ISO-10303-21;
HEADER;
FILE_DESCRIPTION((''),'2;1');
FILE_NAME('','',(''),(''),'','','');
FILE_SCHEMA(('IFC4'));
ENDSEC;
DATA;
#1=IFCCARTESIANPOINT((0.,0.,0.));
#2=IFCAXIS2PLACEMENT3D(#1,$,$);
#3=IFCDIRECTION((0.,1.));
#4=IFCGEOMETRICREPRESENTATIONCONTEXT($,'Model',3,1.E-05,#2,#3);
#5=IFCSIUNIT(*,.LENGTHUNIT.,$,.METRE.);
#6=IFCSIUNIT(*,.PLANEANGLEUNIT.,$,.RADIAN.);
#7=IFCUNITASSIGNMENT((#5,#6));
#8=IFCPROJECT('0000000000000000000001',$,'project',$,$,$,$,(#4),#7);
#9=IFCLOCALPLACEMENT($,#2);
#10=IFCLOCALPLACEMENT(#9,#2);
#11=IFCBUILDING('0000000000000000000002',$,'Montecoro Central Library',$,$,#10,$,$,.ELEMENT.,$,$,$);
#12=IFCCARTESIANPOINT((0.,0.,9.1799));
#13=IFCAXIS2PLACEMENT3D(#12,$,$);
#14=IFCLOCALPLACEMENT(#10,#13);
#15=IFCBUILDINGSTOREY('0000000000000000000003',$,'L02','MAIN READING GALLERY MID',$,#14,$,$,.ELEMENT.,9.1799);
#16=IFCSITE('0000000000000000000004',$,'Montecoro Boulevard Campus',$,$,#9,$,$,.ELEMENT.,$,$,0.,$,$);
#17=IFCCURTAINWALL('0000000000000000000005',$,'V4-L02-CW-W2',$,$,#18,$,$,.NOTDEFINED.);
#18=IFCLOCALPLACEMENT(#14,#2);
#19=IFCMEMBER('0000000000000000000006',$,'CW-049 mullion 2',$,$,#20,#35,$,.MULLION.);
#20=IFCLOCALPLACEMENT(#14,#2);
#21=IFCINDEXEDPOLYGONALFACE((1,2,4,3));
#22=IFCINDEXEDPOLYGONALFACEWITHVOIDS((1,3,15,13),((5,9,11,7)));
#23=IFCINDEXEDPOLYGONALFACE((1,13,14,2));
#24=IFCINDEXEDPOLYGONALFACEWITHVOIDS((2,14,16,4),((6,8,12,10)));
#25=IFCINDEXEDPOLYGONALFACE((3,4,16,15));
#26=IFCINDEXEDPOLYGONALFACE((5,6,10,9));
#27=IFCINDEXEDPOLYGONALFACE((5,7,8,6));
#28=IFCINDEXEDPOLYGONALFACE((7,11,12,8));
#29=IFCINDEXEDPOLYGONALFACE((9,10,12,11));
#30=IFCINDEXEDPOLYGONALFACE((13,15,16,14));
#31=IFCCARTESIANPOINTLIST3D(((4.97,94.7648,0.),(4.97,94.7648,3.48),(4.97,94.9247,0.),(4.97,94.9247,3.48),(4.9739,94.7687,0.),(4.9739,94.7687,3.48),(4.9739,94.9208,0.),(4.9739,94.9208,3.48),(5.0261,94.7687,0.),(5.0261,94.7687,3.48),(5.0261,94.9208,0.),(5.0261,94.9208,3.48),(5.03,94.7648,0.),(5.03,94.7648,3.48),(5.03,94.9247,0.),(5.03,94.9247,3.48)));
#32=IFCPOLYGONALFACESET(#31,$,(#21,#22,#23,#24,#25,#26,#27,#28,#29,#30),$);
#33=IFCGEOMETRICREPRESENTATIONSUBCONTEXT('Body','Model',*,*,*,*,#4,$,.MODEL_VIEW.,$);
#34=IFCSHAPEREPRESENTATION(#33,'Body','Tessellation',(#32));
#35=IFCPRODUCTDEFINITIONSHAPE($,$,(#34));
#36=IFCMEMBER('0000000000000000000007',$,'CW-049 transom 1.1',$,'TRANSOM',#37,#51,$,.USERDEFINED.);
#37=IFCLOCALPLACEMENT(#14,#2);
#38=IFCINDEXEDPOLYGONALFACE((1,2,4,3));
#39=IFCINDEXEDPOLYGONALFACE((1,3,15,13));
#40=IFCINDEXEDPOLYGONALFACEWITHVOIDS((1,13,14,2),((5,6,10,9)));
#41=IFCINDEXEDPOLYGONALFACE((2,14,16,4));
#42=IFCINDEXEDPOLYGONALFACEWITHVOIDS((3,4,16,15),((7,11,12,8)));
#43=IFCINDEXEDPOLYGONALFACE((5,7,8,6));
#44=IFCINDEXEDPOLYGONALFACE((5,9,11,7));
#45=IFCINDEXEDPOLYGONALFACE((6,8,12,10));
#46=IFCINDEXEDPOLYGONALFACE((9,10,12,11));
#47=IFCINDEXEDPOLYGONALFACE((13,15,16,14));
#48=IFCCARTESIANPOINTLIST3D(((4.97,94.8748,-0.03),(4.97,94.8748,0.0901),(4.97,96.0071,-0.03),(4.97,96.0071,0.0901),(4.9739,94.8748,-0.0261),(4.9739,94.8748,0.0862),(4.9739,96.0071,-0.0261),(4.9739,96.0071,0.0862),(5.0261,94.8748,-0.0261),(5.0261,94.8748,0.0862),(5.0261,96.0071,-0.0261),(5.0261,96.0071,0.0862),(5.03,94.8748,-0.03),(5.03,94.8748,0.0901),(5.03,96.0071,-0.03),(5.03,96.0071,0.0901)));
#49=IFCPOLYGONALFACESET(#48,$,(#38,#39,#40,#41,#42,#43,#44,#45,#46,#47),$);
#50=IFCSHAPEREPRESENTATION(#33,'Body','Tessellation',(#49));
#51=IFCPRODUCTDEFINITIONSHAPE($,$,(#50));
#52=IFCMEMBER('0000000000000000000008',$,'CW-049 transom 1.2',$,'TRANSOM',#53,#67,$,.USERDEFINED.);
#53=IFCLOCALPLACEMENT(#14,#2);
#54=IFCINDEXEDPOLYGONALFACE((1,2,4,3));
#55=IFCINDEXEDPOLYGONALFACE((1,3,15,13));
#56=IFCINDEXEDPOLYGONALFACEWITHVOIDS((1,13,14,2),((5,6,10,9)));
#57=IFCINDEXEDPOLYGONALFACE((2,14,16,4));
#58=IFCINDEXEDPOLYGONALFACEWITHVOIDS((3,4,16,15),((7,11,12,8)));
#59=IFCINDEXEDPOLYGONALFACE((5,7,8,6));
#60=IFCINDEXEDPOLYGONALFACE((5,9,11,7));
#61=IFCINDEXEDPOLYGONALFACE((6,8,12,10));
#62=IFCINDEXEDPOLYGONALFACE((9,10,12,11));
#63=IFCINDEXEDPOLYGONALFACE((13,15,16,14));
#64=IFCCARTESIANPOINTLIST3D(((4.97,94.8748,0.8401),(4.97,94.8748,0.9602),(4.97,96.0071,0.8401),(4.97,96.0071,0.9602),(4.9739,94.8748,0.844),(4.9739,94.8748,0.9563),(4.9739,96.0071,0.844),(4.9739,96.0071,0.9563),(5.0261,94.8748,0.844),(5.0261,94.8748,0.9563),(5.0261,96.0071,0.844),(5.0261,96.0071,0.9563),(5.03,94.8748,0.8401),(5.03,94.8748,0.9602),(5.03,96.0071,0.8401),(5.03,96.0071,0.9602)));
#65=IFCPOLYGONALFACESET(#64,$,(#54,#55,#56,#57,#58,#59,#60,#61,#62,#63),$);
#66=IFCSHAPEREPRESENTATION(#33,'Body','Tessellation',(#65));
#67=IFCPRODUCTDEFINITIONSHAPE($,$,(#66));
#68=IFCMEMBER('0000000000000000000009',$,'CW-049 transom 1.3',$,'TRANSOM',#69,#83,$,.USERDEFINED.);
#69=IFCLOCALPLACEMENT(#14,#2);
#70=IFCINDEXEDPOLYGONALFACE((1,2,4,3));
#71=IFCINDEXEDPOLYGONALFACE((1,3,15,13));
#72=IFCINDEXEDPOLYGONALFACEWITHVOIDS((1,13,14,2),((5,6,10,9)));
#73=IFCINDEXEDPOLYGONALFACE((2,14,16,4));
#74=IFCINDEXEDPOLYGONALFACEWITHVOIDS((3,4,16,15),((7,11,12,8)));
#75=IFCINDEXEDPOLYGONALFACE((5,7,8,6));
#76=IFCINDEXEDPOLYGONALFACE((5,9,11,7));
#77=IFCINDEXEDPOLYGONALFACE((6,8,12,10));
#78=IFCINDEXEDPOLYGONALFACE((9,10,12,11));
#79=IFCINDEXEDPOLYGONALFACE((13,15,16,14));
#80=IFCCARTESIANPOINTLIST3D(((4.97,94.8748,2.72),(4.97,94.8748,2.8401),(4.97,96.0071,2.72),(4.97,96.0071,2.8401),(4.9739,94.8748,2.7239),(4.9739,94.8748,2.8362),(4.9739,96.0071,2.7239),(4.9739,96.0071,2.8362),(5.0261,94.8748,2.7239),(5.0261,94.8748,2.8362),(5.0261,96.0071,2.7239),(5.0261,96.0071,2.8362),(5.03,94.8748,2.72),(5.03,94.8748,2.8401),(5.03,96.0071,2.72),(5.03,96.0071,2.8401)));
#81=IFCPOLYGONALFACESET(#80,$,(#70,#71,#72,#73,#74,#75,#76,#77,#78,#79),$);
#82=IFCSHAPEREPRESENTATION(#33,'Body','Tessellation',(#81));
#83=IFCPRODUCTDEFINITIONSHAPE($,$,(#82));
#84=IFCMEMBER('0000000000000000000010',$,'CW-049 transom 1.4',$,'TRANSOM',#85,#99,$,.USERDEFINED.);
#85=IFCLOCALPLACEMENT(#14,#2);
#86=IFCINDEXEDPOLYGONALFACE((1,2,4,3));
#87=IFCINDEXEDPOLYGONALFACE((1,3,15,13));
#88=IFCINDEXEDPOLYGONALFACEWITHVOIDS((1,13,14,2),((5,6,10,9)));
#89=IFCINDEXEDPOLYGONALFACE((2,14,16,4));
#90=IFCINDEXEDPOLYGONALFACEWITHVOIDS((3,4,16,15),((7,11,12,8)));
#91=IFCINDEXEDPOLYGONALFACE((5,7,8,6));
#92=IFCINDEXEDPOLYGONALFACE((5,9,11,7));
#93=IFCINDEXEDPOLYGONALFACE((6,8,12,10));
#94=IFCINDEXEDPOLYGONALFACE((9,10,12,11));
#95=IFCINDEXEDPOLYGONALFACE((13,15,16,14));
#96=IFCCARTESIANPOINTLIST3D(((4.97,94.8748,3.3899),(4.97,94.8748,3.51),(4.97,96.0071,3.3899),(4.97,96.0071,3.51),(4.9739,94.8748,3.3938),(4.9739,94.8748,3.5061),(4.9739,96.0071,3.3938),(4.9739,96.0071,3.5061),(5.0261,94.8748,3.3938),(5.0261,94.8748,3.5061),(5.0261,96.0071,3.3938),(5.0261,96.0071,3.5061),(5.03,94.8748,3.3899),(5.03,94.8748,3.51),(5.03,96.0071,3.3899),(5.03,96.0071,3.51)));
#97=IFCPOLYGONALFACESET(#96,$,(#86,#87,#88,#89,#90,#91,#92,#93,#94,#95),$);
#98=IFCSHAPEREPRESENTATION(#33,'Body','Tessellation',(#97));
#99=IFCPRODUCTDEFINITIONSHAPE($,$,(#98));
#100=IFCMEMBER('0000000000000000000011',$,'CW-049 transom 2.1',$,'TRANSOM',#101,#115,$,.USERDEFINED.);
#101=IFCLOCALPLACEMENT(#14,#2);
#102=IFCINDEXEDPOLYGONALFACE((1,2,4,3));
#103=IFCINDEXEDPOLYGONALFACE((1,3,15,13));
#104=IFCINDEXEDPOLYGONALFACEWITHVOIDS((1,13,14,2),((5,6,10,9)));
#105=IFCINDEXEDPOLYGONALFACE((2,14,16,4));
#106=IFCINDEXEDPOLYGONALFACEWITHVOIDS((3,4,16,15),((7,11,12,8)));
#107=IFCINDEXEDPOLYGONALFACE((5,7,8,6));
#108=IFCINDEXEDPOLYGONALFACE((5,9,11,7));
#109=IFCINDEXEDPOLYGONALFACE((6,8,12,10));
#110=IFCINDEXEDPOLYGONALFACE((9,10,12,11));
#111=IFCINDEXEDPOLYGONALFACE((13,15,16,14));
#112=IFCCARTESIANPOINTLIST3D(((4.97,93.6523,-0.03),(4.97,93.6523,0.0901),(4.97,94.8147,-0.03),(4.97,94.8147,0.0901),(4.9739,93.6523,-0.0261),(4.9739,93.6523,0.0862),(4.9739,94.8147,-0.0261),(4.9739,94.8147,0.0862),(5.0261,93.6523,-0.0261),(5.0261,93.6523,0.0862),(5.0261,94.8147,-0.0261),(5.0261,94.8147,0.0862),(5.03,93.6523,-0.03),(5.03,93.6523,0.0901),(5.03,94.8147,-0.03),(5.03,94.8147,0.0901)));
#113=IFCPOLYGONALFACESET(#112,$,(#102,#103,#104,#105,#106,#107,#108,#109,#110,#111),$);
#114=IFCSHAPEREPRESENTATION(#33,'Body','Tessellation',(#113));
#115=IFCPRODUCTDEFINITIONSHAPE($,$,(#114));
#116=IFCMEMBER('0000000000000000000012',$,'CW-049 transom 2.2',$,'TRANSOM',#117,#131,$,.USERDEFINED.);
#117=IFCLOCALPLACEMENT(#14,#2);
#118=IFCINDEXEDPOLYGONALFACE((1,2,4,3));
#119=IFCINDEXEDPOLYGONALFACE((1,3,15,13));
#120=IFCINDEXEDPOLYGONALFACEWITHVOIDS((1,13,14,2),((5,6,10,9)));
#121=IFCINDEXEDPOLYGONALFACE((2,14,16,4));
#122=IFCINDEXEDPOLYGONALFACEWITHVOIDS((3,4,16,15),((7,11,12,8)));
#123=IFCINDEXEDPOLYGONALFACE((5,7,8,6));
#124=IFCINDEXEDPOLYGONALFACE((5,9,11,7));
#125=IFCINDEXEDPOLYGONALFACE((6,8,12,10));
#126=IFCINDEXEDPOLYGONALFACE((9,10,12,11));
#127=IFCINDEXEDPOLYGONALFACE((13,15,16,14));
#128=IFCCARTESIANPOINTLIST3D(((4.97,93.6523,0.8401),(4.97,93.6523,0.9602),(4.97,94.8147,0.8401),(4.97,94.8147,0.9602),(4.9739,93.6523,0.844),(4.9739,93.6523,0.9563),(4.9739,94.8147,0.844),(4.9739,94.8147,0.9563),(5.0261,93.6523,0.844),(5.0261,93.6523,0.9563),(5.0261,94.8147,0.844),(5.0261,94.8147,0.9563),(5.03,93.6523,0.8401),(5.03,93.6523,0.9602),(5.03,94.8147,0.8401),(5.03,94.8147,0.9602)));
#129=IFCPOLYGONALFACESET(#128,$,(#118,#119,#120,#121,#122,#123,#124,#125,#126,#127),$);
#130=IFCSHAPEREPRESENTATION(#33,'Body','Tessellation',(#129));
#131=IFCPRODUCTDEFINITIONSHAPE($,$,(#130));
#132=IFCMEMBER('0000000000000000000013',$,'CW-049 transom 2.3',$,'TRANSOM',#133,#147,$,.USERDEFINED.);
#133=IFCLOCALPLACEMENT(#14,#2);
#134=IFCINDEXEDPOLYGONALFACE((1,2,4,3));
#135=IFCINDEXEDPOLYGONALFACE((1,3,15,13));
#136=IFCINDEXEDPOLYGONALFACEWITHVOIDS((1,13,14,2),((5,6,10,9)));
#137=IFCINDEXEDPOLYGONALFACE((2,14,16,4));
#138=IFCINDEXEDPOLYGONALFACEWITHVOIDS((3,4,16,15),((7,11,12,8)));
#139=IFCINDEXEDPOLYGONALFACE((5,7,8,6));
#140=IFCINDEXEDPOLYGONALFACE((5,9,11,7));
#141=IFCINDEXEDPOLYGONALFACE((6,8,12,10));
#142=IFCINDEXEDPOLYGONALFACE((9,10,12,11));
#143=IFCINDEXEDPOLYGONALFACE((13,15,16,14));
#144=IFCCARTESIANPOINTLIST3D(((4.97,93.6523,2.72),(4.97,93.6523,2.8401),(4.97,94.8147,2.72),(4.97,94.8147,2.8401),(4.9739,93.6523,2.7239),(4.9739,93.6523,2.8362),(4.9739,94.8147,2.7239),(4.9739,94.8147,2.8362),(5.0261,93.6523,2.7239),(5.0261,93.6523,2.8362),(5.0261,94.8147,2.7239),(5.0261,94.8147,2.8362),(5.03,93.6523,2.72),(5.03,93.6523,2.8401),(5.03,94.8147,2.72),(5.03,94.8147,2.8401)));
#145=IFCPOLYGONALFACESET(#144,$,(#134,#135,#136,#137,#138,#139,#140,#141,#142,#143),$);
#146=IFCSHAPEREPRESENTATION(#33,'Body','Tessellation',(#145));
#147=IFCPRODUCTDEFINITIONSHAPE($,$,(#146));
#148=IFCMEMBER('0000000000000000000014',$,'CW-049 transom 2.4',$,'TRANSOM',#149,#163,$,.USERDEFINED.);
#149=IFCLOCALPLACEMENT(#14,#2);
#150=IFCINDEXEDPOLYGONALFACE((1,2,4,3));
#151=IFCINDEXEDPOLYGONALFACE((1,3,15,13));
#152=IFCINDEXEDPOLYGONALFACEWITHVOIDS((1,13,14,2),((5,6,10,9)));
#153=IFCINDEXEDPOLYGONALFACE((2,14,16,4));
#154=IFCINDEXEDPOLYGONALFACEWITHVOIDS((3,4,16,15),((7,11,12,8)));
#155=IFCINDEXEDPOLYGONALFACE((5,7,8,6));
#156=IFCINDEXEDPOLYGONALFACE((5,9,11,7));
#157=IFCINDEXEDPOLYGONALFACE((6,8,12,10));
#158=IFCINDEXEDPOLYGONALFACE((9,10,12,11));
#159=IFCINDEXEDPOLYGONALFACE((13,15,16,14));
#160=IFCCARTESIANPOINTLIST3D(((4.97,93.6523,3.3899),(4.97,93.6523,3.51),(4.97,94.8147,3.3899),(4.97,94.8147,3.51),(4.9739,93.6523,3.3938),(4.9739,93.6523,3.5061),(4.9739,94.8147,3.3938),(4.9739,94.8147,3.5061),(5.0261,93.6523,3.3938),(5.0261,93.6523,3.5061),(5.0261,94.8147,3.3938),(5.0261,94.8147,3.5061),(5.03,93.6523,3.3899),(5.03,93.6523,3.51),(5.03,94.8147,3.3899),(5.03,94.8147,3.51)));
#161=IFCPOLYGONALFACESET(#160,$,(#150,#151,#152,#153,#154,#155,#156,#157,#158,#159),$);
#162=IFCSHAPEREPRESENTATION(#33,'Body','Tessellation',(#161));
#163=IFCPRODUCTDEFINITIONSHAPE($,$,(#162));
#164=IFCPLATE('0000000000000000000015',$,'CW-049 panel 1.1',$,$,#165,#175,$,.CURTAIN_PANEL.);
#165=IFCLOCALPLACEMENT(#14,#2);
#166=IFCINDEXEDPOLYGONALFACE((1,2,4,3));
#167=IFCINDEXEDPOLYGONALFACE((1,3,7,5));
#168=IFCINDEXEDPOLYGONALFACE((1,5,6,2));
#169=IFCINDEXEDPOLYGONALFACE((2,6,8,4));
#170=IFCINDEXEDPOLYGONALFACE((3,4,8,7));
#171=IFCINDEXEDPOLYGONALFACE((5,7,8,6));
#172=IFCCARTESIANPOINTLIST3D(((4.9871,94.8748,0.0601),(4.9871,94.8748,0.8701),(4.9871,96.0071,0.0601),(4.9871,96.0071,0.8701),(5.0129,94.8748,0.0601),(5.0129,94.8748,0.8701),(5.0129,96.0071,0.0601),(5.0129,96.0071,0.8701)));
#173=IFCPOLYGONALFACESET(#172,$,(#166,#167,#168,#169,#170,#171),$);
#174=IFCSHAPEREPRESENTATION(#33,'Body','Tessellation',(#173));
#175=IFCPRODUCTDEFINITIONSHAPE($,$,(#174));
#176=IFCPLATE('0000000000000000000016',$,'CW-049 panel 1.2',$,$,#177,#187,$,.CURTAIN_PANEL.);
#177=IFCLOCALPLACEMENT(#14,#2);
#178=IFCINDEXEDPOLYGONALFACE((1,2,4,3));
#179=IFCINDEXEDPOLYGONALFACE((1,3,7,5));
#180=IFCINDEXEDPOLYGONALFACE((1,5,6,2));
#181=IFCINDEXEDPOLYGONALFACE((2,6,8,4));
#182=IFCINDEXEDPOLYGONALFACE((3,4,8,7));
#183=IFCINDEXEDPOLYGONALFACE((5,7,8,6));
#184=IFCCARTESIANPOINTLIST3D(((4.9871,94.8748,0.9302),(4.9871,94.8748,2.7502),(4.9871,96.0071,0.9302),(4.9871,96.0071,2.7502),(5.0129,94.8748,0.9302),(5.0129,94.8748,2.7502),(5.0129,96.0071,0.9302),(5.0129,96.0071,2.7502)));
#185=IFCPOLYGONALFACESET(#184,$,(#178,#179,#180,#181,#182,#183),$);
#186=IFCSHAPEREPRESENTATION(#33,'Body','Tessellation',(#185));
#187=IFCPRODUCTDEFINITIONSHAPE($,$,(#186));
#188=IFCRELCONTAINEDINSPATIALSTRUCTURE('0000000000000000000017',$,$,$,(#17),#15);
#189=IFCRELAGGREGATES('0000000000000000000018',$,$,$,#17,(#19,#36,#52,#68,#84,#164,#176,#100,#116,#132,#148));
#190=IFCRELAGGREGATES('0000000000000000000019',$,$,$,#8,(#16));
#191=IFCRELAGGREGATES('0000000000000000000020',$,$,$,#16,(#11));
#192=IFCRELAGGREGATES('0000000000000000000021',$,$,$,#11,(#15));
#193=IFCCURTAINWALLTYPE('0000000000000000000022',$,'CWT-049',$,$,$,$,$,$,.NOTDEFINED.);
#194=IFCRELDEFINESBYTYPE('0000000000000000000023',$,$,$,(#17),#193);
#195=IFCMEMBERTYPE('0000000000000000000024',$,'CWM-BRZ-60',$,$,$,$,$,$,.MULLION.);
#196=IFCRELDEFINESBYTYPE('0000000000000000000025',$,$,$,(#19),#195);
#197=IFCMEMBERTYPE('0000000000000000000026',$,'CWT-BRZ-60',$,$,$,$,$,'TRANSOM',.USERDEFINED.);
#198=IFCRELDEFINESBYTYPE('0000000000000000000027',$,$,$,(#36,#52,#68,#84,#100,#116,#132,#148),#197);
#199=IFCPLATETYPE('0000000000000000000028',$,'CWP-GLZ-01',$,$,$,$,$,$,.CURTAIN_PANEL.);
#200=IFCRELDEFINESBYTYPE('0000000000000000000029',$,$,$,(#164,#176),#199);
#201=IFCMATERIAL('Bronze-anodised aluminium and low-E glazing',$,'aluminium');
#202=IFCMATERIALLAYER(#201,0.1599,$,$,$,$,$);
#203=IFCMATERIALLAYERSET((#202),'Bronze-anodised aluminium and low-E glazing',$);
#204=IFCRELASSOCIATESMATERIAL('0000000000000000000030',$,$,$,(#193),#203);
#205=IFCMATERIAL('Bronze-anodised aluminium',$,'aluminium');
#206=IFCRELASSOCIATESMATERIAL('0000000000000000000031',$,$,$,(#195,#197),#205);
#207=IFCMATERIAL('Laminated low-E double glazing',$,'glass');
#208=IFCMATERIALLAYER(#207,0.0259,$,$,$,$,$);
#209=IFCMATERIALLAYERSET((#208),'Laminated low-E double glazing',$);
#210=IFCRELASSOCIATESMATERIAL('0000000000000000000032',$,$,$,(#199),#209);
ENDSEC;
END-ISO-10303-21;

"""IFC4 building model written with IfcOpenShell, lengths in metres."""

from ifc_helpers import new_model, si_unit, direction, frame, origin, origin_2d, place, context, subcontext, project, spatial, rectangle, hollow_rectangle, extrude, material, layer, layer_set, material_profile, profile_set, type_object, element, aggregate, save


model = new_model("IFC4")

# Units and contexts
model_context = context("Model", 3, precision=1e-05, world=origin(), true_north=direction((0.0, 1.0)))
body_context = subcontext(model_context, "Body", "Model", "MODEL_VIEW")
ifc_project = project(units=[si_unit("LENGTHUNIT", "METRE"), si_unit("PLANEANGLEUNIT", "RADIAN")], contexts=[model_context])

# Site, building, storey
site_placement = place(None, origin())
site = spatial("IfcSite", under=ifc_project, at=site_placement, Name="Montecoro Boulevard Campus", CompositionType="ELEMENT", RefElevation=0.0)
building_placement = place(site_placement, origin())
building = spatial("IfcBuilding", under=site, at=building_placement, Name="Montecoro Central Library", CompositionType="ELEMENT")
storey_placement = place(building_placement, frame((0.0, 0.0, 9.1799)))
storey = spatial("IfcBuildingStorey", under=building, at=storey_placement, Name="L02", Description="MAIN READING GALLERY MID", CompositionType="ELEMENT", Elevation=9.1799)

# Curtain wall, members, plates
ifc_material_1 = material(Name="Bronze-anodised aluminium and low-E glazing", Category="aluminium")
ifc_layer_1 = layer(ifc_material_1, 0.1599)
ifc_layer_set_1 = layer_set([ifc_layer_1], Name="Bronze-anodised aluminium and low-E glazing")
curtain_wall_type = type_object("IfcCurtainWallType", Name="CWT-049", PredefinedType="NOTDEFINED", material=ifc_layer_set_1)
curtain_wall_placement = place(storey_placement, origin())
curtain_wall = element("IfcCurtainWall", 1, at=curtain_wall_placement, inside=storey, type_object=curtain_wall_type, Name="V4-L02-CW-W2", PredefinedType="NOTDEFINED")
ifc_material_2 = material(Name="Bronze-anodised aluminium", Category="aluminium")
ifc_material_profile_1 = material_profile(ifc_material_2, hollow_rectangle(XDim=0.0601, YDim=0.1599, WallThickness=0.0039, at=origin_2d()), Name="CWM 160x60x4.0")
ifc_profile_set_1 = profile_set([ifc_material_profile_1], Name="Bronze-anodised aluminium")
member_type_1 = type_object("IfcMemberType", Name="CWM-BRZ-60", PredefinedType="MULLION", material=ifc_profile_set_1)
member_1_placement = place(storey_placement, frame((5.0, 94.8447, 0.0), z_axis=(0.0, 0.0, 1.0), x_axis=(1.0, 0.0, 0.0)))
member_1 = element("IfcMember", 2, at=member_1_placement, type_object=member_type_1, Name="CW-049 mullion 2", PredefinedType="MULLION", context=body_context, shape_type="SweptSolid", body=[
    extrude(hollow_rectangle(XDim=0.0601, YDim=0.1599, WallThickness=0.0039, at=origin_2d()), origin(), (0.0, 0.0, 1.0), 3.48),
])
ifc_material_profile_2 = material_profile(ifc_material_2, hollow_rectangle(XDim=0.0601, YDim=0.1201, WallThickness=0.0039, at=origin_2d()), Name="CWT 120x60x4.0")
ifc_profile_set_2 = profile_set([ifc_material_profile_2], Name="Bronze-anodised aluminium")
member_type_2 = type_object("IfcMemberType", Name="CWT-BRZ-60", ElementType="TRANSOM", PredefinedType="USERDEFINED", material=ifc_profile_set_2)
member_2_placement = place(storey_placement, frame((5.0, 96.0071, 0.03), z_axis=(0.0, -1.0, 0.0), x_axis=(1.0, 0.0, 0.0)))
member_2 = element("IfcMember", 3, at=member_2_placement, type_object=member_type_2, Name="CW-049 transom 1.1", ObjectType="TRANSOM", PredefinedType="USERDEFINED", context=body_context, shape_type="SweptSolid", body=[
    extrude(hollow_rectangle(XDim=0.0601, YDim=0.1201, WallThickness=0.0039, at=origin_2d()), origin(), (0.0, 0.0, 1.0), 1.1323),
])
member_3_placement = place(storey_placement, frame((5.0, 96.0071, 0.9001), z_axis=(0.0, -1.0, 0.0), x_axis=(1.0, 0.0, 0.0)))
member_3 = element("IfcMember", 4, at=member_3_placement, type_object=member_type_2, Name="CW-049 transom 1.2", ObjectType="TRANSOM", PredefinedType="USERDEFINED", context=body_context, shape_type="SweptSolid", body=[
    extrude(hollow_rectangle(XDim=0.0601, YDim=0.1201, WallThickness=0.0039, at=origin_2d()), origin(), (0.0, 0.0, 1.0), 1.1323),
])
member_4_placement = place(storey_placement, frame((5.0, 96.0071, 2.78), z_axis=(0.0, -1.0, 0.0), x_axis=(1.0, 0.0, 0.0)))
member_4 = element("IfcMember", 5, at=member_4_placement, type_object=member_type_2, Name="CW-049 transom 1.3", ObjectType="TRANSOM", PredefinedType="USERDEFINED", context=body_context, shape_type="SweptSolid", body=[
    extrude(hollow_rectangle(XDim=0.0601, YDim=0.1201, WallThickness=0.0039, at=origin_2d()), origin(), (0.0, 0.0, 1.0), 1.1323),
])
member_5_placement = place(storey_placement, frame((5.0, 96.0071, 3.45), z_axis=(0.0, -1.0, 0.0), x_axis=(1.0, 0.0, 0.0)))
member_5 = element("IfcMember", 6, at=member_5_placement, type_object=member_type_2, Name="CW-049 transom 1.4", ObjectType="TRANSOM", PredefinedType="USERDEFINED", context=body_context, shape_type="SweptSolid", body=[
    extrude(hollow_rectangle(XDim=0.0601, YDim=0.1201, WallThickness=0.0039, at=origin_2d()), origin(), (0.0, 0.0, 1.0), 1.1323),
])
member_6_placement = place(storey_placement, frame((5.0, 94.8147, 0.03), z_axis=(0.0, -1.0, 0.0), x_axis=(1.0, 0.0, 0.0)))
member_6 = element("IfcMember", 7, at=member_6_placement, type_object=member_type_2, Name="CW-049 transom 2.1", ObjectType="TRANSOM", PredefinedType="USERDEFINED", context=body_context, shape_type="SweptSolid", body=[
    extrude(hollow_rectangle(XDim=0.0601, YDim=0.1201, WallThickness=0.0039, at=origin_2d()), origin(), (0.0, 0.0, 1.0), 1.1624),
])
member_7_placement = place(storey_placement, frame((5.0, 94.8147, 0.9001), z_axis=(0.0, -1.0, 0.0), x_axis=(1.0, 0.0, 0.0)))
member_7 = element("IfcMember", 8, at=member_7_placement, type_object=member_type_2, Name="CW-049 transom 2.2", ObjectType="TRANSOM", PredefinedType="USERDEFINED", context=body_context, shape_type="SweptSolid", body=[
    extrude(hollow_rectangle(XDim=0.0601, YDim=0.1201, WallThickness=0.0039, at=origin_2d()), origin(), (0.0, 0.0, 1.0), 1.1624),
])
member_8_placement = place(storey_placement, frame((5.0, 94.8147, 2.78), z_axis=(0.0, -1.0, 0.0), x_axis=(1.0, 0.0, 0.0)))
member_8 = element("IfcMember", 9, at=member_8_placement, type_object=member_type_2, Name="CW-049 transom 2.3", ObjectType="TRANSOM", PredefinedType="USERDEFINED", context=body_context, shape_type="SweptSolid", body=[
    extrude(hollow_rectangle(XDim=0.0601, YDim=0.1201, WallThickness=0.0039, at=origin_2d()), origin(), (0.0, 0.0, 1.0), 1.1624),
])
member_9_placement = place(storey_placement, frame((5.0, 94.8147, 3.45), z_axis=(0.0, -1.0, 0.0), x_axis=(1.0, 0.0, 0.0)))
member_9 = element("IfcMember", 10, at=member_9_placement, type_object=member_type_2, Name="CW-049 transom 2.4", ObjectType="TRANSOM", PredefinedType="USERDEFINED", context=body_context, shape_type="SweptSolid", body=[
    extrude(hollow_rectangle(XDim=0.0601, YDim=0.1201, WallThickness=0.0039, at=origin_2d()), origin(), (0.0, 0.0, 1.0), 1.1624),
])
ifc_material_3 = material(Name="Laminated low-E double glazing", Category="glass")
ifc_layer_2 = layer(ifc_material_3, 0.0259)
ifc_layer_set_2 = layer_set([ifc_layer_2], Name="Laminated low-E double glazing")
plate_type_1 = type_object("IfcPlateType", Name="CWP-GLZ-01", PredefinedType="CURTAIN_PANEL", material=ifc_layer_set_2)
plate_1_placement = place(storey_placement, frame((5.0, 95.4409, 0.0601), z_axis=(0.0, 0.0, 1.0), x_axis=(0.0, -1.0, 0.0)))
plate_1 = element("IfcPlate", 11, at=plate_1_placement, type_object=plate_type_1, Name="CW-049 panel 1.1", PredefinedType="CURTAIN_PANEL", context=body_context, shape_type="SweptSolid", body=[
    extrude(rectangle(XDim=1.1323, YDim=0.0259, at=origin_2d()), origin(), (0.0, 0.0, 1.0), 0.8101),
])
plate_2_placement = place(storey_placement, frame((5.0, 95.4409, 0.9302), z_axis=(0.0, 0.0, 1.0), x_axis=(0.0, -1.0, 0.0)))
plate_2 = element("IfcPlate", 12, at=plate_2_placement, type_object=plate_type_1, Name="CW-049 panel 1.2", PredefinedType="CURTAIN_PANEL", context=body_context, shape_type="SweptSolid", body=[
    extrude(rectangle(XDim=1.1323, YDim=0.0259, at=origin_2d()), origin(), (0.0, 0.0, 1.0), 1.8201),
])
aggregate(curtain_wall, [member_1, member_2, member_3, member_4, member_5, plate_1, plate_2, member_6, member_7, member_8, member_9])

save(model, "model.ifc")
